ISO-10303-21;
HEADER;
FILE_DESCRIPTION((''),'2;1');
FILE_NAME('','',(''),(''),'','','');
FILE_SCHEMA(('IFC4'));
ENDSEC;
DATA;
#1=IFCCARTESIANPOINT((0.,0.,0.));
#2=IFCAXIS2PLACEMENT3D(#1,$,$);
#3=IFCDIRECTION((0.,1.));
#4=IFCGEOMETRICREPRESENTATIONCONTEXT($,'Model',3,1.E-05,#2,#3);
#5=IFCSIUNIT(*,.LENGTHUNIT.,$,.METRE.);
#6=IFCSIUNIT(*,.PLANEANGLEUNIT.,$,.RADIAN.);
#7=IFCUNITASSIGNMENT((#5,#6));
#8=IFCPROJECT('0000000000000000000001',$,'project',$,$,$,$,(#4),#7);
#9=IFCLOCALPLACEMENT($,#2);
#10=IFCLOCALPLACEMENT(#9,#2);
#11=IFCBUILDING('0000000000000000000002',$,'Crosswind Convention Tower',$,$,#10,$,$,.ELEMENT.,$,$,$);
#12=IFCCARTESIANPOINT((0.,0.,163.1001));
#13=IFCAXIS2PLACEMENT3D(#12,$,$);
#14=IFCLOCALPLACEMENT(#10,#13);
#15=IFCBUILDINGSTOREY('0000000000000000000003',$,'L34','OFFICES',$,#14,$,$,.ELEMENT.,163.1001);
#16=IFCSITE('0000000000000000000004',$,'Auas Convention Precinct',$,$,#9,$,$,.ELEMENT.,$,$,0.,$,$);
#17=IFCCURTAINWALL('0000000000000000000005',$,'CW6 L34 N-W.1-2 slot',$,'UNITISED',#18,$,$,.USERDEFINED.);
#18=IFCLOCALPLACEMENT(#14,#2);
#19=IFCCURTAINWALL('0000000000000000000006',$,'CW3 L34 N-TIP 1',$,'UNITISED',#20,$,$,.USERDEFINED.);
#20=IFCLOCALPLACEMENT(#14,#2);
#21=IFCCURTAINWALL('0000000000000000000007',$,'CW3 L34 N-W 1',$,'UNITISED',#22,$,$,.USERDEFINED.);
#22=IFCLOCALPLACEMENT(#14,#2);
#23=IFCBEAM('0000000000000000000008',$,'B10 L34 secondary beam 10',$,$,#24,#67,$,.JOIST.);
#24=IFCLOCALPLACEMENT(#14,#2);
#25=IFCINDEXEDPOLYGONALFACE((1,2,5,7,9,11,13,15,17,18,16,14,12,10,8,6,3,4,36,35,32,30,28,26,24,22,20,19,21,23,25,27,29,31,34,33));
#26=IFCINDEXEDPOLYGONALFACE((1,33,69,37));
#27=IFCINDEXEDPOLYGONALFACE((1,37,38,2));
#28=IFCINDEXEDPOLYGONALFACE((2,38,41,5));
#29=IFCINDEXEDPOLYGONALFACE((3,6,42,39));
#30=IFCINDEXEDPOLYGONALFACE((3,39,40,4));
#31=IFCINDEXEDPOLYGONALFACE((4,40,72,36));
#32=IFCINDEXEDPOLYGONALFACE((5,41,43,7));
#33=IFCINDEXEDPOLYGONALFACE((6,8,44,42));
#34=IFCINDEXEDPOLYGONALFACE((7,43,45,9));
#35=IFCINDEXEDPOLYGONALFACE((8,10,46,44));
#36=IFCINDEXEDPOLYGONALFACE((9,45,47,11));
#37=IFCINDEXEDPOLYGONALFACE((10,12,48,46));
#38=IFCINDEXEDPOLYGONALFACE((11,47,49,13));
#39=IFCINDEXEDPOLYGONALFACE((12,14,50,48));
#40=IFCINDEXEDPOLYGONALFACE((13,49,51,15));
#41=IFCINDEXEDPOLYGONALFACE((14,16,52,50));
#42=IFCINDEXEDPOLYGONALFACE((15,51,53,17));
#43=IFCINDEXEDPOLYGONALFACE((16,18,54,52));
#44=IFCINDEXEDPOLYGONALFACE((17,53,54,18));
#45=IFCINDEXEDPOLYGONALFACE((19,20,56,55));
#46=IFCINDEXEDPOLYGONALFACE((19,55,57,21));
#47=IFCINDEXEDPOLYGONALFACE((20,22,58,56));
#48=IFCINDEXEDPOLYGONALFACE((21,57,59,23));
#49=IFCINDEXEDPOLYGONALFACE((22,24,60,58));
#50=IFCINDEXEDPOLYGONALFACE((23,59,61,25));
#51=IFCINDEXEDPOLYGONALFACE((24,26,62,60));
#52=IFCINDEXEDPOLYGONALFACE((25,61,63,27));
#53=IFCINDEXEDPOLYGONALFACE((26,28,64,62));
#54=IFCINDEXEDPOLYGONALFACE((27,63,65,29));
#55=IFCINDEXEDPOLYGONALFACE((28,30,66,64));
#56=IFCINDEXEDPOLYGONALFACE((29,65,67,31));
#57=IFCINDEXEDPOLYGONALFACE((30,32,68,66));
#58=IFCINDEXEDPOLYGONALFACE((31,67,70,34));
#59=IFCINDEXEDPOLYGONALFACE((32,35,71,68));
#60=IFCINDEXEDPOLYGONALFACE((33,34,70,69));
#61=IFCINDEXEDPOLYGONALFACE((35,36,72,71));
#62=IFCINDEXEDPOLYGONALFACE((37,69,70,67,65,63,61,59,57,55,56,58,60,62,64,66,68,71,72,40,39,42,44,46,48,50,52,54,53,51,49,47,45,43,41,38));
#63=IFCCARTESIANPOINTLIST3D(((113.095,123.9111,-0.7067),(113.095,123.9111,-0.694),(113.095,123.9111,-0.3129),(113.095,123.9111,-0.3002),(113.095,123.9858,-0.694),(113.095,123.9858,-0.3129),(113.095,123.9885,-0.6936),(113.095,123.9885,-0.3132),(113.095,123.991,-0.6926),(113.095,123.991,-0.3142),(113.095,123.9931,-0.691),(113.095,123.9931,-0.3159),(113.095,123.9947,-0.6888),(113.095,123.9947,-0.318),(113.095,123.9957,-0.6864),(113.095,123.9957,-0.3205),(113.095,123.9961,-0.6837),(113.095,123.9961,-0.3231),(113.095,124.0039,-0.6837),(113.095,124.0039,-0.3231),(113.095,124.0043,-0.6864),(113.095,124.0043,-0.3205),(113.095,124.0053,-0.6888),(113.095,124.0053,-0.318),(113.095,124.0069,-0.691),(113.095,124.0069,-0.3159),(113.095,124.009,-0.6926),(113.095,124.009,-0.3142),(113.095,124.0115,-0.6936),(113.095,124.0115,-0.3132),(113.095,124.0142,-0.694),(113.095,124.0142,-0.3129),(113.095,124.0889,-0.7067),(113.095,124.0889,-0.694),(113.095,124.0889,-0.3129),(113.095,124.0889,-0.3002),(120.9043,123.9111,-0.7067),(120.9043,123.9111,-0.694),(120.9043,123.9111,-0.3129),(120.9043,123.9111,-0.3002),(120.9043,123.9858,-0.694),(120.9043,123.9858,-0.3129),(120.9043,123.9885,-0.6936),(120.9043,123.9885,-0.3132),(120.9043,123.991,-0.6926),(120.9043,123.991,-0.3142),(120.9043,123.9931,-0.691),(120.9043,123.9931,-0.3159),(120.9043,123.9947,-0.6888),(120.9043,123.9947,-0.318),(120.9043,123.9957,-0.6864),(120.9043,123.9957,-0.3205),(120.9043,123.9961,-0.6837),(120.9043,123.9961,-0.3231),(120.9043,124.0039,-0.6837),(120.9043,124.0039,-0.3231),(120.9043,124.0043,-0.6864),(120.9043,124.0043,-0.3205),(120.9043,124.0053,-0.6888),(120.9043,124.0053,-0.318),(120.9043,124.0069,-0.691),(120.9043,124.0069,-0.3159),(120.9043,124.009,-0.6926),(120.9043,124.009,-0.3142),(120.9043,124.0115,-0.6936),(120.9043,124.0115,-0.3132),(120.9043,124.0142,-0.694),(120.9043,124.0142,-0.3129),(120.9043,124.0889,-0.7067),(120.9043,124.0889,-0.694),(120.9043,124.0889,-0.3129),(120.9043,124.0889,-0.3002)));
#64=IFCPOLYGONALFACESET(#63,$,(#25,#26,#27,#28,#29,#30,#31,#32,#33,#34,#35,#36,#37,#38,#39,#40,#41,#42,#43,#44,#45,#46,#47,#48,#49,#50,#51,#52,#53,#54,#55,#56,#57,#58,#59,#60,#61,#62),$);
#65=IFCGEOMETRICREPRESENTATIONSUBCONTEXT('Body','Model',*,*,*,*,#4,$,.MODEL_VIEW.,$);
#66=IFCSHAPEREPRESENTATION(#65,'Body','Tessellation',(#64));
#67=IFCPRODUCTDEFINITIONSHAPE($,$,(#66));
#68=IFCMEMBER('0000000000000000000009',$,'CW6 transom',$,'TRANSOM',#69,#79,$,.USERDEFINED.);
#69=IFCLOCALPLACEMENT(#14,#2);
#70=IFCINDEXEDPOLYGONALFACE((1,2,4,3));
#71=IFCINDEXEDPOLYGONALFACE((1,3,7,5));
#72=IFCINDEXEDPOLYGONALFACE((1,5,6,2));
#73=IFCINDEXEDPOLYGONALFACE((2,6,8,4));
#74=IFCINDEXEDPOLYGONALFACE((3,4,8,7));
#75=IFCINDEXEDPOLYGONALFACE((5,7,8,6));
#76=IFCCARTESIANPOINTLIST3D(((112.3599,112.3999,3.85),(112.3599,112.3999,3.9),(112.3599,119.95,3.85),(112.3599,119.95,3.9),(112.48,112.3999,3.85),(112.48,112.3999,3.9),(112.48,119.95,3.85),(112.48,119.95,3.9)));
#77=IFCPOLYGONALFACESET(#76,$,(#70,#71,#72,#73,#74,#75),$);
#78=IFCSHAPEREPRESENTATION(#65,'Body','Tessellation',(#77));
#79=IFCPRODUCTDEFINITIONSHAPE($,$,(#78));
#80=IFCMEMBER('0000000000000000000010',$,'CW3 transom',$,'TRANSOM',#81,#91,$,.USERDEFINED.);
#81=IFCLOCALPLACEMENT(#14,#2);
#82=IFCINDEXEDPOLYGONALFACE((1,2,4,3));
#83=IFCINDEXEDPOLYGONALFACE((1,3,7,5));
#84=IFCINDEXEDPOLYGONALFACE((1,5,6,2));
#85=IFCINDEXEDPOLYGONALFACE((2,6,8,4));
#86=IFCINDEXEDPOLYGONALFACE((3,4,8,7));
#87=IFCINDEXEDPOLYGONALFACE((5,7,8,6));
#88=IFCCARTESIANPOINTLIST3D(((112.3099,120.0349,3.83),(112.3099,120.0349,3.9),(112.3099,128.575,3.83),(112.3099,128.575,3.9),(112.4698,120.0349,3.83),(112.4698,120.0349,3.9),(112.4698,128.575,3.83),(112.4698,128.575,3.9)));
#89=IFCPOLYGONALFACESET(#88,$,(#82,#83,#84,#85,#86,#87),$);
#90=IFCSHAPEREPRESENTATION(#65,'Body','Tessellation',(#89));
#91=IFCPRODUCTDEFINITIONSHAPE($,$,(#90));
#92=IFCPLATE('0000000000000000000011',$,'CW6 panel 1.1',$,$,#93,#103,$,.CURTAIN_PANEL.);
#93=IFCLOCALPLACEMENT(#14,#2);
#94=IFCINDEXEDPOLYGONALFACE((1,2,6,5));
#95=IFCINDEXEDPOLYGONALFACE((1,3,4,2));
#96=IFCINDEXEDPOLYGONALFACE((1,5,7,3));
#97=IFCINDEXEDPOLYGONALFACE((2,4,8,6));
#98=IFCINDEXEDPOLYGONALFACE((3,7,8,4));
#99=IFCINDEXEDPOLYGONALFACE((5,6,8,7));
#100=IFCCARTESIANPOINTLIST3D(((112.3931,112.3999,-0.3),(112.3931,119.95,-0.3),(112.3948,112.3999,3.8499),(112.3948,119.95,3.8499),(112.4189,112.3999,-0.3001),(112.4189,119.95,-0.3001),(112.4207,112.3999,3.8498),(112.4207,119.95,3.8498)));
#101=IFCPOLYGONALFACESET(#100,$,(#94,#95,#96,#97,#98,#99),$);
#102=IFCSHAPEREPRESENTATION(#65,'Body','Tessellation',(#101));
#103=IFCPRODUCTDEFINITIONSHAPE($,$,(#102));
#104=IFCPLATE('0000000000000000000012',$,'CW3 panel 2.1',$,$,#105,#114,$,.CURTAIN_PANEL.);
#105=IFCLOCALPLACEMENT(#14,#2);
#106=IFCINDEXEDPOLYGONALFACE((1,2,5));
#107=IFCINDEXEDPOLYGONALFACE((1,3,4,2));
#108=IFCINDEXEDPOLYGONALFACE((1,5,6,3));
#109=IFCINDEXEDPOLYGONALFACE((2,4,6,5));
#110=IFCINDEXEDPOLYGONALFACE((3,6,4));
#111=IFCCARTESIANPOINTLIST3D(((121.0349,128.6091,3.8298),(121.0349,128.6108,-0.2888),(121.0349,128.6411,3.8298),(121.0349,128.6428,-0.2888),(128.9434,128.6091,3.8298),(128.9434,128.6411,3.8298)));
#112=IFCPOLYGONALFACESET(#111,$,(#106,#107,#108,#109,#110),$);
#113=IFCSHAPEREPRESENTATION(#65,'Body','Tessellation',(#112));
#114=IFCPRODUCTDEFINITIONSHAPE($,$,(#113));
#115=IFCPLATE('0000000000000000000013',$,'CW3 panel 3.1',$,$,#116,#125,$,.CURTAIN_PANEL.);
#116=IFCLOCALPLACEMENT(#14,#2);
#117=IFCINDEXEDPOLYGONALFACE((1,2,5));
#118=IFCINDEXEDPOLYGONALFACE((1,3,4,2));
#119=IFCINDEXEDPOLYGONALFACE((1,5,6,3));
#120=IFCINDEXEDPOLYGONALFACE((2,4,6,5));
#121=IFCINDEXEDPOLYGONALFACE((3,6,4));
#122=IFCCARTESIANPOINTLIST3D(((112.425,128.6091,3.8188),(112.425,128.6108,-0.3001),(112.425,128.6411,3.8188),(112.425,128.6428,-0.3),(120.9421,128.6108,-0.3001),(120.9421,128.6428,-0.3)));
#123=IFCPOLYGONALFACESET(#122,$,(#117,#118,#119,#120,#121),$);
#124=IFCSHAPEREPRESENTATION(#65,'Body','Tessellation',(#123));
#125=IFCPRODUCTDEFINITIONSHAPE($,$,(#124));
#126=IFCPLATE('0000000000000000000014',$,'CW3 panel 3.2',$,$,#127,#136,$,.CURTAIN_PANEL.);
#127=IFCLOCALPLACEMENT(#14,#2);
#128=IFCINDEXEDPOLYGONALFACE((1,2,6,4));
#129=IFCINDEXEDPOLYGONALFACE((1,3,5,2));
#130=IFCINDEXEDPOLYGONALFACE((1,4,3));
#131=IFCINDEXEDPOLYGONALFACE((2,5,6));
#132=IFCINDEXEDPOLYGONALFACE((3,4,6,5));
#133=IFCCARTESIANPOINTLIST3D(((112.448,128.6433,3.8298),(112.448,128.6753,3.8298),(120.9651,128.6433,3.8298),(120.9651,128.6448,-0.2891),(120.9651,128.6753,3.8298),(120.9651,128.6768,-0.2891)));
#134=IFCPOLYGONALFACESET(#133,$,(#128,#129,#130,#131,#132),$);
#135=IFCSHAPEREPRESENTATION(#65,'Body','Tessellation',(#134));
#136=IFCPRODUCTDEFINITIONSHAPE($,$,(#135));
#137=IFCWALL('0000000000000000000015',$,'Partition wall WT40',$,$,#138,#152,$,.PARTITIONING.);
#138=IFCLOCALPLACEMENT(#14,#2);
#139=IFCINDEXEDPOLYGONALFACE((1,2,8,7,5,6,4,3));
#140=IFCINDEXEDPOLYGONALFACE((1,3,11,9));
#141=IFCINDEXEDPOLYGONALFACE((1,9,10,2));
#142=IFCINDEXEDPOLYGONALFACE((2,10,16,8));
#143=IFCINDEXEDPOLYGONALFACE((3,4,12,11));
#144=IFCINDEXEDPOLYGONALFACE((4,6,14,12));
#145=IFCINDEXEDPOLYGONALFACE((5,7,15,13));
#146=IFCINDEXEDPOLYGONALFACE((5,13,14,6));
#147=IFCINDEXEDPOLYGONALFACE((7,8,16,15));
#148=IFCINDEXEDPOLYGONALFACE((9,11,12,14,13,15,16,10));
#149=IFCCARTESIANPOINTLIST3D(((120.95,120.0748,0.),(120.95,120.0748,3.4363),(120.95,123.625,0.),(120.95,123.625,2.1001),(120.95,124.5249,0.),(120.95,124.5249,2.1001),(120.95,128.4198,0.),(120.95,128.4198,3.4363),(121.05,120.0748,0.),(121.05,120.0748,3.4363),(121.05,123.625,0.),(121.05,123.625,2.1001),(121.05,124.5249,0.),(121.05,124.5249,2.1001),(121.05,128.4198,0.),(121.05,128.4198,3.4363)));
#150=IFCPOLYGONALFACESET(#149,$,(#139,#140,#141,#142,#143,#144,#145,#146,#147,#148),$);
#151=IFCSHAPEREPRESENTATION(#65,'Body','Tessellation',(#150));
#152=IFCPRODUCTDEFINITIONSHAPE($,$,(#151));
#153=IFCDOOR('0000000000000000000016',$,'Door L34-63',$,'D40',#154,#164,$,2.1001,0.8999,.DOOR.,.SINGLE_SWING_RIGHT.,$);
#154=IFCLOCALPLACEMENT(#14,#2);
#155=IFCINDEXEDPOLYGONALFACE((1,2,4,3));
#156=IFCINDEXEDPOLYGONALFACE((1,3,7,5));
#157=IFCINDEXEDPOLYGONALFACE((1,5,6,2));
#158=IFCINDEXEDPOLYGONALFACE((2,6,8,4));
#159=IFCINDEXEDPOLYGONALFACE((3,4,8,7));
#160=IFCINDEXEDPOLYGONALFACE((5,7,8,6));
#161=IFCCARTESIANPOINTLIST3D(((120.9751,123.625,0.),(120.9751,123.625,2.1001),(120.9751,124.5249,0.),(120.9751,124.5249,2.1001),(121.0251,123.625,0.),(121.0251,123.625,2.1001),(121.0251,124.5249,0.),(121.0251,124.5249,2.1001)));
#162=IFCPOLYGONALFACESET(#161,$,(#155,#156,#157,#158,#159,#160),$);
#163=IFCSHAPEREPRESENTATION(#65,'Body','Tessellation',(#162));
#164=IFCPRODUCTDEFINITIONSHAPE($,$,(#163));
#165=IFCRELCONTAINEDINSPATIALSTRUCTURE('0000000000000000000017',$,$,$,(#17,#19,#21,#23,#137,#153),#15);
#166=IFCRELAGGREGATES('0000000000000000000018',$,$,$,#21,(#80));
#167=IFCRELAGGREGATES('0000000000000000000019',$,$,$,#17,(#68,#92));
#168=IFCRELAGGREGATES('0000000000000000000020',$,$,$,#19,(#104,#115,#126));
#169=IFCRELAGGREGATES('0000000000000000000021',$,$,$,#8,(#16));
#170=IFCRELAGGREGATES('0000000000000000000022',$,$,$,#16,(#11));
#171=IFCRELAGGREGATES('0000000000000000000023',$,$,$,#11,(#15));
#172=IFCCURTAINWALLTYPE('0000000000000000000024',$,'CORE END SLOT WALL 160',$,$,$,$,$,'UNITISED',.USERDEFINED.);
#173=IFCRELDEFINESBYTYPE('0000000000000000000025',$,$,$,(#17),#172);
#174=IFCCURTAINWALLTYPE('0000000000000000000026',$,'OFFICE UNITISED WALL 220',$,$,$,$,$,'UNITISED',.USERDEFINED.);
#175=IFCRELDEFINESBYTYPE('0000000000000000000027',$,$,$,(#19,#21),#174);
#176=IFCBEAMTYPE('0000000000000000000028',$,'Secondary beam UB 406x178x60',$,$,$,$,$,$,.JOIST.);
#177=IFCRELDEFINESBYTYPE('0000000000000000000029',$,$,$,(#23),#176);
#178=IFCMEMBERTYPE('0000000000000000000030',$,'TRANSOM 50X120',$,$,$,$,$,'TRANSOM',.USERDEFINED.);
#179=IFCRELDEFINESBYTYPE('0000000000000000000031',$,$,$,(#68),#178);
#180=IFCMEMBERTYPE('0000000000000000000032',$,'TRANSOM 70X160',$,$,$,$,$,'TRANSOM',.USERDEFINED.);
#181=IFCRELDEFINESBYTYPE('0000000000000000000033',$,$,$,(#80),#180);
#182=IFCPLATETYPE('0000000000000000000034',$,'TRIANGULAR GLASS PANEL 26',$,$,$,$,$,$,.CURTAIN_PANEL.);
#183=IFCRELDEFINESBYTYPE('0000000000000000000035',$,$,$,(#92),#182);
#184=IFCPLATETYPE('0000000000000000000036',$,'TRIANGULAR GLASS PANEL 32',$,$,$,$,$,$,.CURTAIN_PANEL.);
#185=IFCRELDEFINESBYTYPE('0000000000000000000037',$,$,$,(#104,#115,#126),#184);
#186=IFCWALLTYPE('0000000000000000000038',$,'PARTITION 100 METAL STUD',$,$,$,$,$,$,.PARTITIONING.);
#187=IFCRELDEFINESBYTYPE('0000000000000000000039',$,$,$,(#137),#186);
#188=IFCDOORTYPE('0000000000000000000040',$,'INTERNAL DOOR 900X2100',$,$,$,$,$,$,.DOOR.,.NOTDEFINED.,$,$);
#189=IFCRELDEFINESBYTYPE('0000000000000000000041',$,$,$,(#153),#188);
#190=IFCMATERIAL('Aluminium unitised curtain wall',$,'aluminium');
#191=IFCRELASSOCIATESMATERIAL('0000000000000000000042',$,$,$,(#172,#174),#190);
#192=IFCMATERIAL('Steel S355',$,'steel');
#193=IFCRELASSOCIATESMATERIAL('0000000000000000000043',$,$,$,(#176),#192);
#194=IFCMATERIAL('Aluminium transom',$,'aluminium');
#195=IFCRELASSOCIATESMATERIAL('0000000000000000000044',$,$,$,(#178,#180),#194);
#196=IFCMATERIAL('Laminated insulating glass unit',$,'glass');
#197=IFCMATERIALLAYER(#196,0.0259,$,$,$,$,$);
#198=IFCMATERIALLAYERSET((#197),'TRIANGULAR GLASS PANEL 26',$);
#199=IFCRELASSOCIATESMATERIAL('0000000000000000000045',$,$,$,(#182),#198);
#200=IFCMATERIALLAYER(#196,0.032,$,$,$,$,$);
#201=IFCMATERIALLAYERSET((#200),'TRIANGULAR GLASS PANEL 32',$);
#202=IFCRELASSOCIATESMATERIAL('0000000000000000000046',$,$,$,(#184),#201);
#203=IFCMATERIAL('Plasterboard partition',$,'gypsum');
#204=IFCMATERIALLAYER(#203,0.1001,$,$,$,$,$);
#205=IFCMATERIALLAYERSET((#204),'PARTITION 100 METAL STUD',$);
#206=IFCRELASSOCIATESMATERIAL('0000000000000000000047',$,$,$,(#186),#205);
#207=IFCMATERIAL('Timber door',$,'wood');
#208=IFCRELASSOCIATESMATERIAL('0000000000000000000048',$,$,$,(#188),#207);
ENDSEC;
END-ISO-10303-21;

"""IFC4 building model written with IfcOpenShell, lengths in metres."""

from ifc_helpers import new_model, si_unit, direction, frame, frame_2d, origin, origin_2d, place, context, subcontext, project, spatial, polyline, rectangle, i_section, outline, extrude, material, layer, layer_set, material_profile, profile_set, type_object, element, fill, aggregate, save


model = new_model("IFC4")

# Units and contexts
model_context = context("Model", 3, precision=1e-05, world=origin(), true_north=direction((0.0, 1.0)))
body_context = subcontext(model_context, "Body", "Model", "MODEL_VIEW")
ifc_project = project(units=[si_unit("LENGTHUNIT", "METRE"), si_unit("PLANEANGLEUNIT", "RADIAN")], contexts=[model_context])

# Site, building, storey
site_placement = place(None, origin())
site = spatial("IfcSite", under=ifc_project, at=site_placement, Name="Auas Convention Precinct", CompositionType="ELEMENT", RefElevation=0.0)
building_placement = place(site_placement, origin())
building = spatial("IfcBuilding", under=site, at=building_placement, Name="Crosswind Convention Tower", CompositionType="ELEMENT")
storey_placement = place(building_placement, frame((0.0, 0.0, 163.1001)))
storey = spatial("IfcBuildingStorey", under=building, at=storey_placement, Name="L34", Description="OFFICES", CompositionType="ELEMENT", Elevation=163.1001)

# Shared definitions
ifc_material_1 = material(Name="Steel S355", Category="steel")

# Curtain wall
ifc_material_2 = material(Name="Aluminium unitised curtain wall", Category="aluminium")
curtain_wall_type_1 = type_object("IfcCurtainWallType", Name="CORE END SLOT WALL 160", ElementType="UNITISED", PredefinedType="USERDEFINED", material=ifc_material_2)
curtain_wall_1_placement = place(storey_placement, origin())
curtain_wall_1 = element("IfcCurtainWall", 1, at=curtain_wall_1_placement, inside=storey, type_object=curtain_wall_type_1, Name="CW6 L34 N-W.1-2 slot", ObjectType="UNITISED", PredefinedType="USERDEFINED")

# Curtain wall
curtain_wall_type_2 = type_object("IfcCurtainWallType", Name="OFFICE UNITISED WALL 220", ElementType="UNITISED", PredefinedType="USERDEFINED", material=ifc_material_2)
curtain_wall_2_placement = place(storey_placement, origin())
curtain_wall_2 = element("IfcCurtainWall", 2, at=curtain_wall_2_placement, inside=storey, type_object=curtain_wall_type_2, Name="CW3 L34 N-TIP 1", ObjectType="UNITISED", PredefinedType="USERDEFINED")

# Curtain wall
curtain_wall_3_placement = place(storey_placement, origin())
curtain_wall_3 = element("IfcCurtainWall", 3, at=curtain_wall_3_placement, inside=storey, type_object=curtain_wall_type_2, Name="CW3 L34 N-W 1", ObjectType="UNITISED", PredefinedType="USERDEFINED")

# Beam
ifc_material_profile_1 = material_profile(ifc_material_1, i_section(OverallWidth=0.1777, OverallDepth=0.4065, WebThickness=0.0078, FlangeThickness=0.0127, FilletRadius=0.0103, at=origin_2d()), Name="UB 406x178x60")
ifc_profile_set_1 = profile_set([ifc_material_profile_1], Name="Steel S355")
beam_type_1 = type_object("IfcBeamType", Name="Secondary beam UB 406x178x60", PredefinedType="JOIST", material=ifc_profile_set_1)
beam_placement = place(storey_placement, frame((113.095, 124.0, -0.5034), z_axis=(1.0, 0.0, 0.0), x_axis=(0.0, 1.0, 0.0)))
element("IfcBeam", 4, at=beam_placement, inside=storey, type_object=beam_type_1, Name="B10 L34 secondary beam 10", PredefinedType="JOIST", context=body_context, shape_type="SweptSolid", body=[
    extrude(i_section(OverallWidth=0.1777, OverallDepth=0.4065, WebThickness=0.0078, FlangeThickness=0.0127, FilletRadius=0.0103, at=origin_2d()), origin(), (0.0, 0.0, 1.0), 7.8093),
])

# Members
ifc_material_3 = material(Name="Aluminium transom", Category="aluminium")
ifc_material_profile_2 = material_profile(ifc_material_3, rectangle(XDim=0.1201, YDim=0.05, at=origin_2d()), Name="AL 120X50")
ifc_profile_set_2 = profile_set([ifc_material_profile_2], Name="Aluminium transom")
member_type_1 = type_object("IfcMemberType", Name="TRANSOM 50X120", ElementType="TRANSOM", PredefinedType="USERDEFINED", material=ifc_profile_set_2)
member_1_placement = place(storey_placement, frame((112.4199, 119.95, 3.875), z_axis=(0.0, -1.0, 0.0), x_axis=(1.0, 0.0, 0.0)))
member_1 = element("IfcMember", 5, at=member_1_placement, type_object=member_type_1, Name="CW6 transom", ObjectType="TRANSOM", PredefinedType="USERDEFINED", context=body_context, shape_type="SweptSolid", body=[
    extrude(rectangle(XDim=0.1201, YDim=0.05, at=origin_2d()), origin(), (0.0, 0.0, 1.0), 7.55),
])
ifc_material_profile_3 = material_profile(ifc_material_3, rectangle(XDim=0.1599, YDim=0.0701, at=origin_2d()), Name="AL 160X70")
ifc_profile_set_3 = profile_set([ifc_material_profile_3], Name="Aluminium transom")
member_type_2 = type_object("IfcMemberType", Name="TRANSOM 70X160", ElementType="TRANSOM", PredefinedType="USERDEFINED", material=ifc_profile_set_3)
member_2_placement = place(storey_placement, frame((112.3899, 128.575, 3.865), z_axis=(0.0, -1.0, 0.0), x_axis=(1.0, 0.0, 0.0)))
member_2 = element("IfcMember", 6, at=member_2_placement, type_object=member_type_2, Name="CW3 transom", ObjectType="TRANSOM", PredefinedType="USERDEFINED", context=body_context, shape_type="SweptSolid", body=[
    extrude(rectangle(XDim=0.1599, YDim=0.0701, at=origin_2d()), origin(), (0.0, 0.0, 1.0), 8.54),
])
aggregate(curtain_wall_3, [member_2])

# Plates
ifc_material_4 = material(Name="Laminated insulating glass unit", Category="glass")
ifc_layer_1 = layer(ifc_material_4, 0.0259)
ifc_layer_set_1 = layer_set([ifc_layer_1], Name="TRIANGULAR GLASS PANEL 26")
plate_type_1 = type_object("IfcPlateType", Name="TRIANGULAR GLASS PANEL 26", PredefinedType="CURTAIN_PANEL", material=ifc_layer_set_1)
plate_1_placement = place(storey_placement, frame((112.3931, 119.95, -0.3), z_axis=(-1.0, 0.0, 0.000412), x_axis=(0.0, -1.0, 0.0)))
plate_1 = element("IfcPlate", 7, at=plate_1_placement, type_object=plate_type_1, Name="CW6 panel 1.1", PredefinedType="CURTAIN_PANEL", context=body_context, shape_type="SweptSolid", body=[
    extrude(outline(polyline([(0.0, 0.0), (7.55, 0.0), (7.55, 4.1499), (0.0, 4.1499), (0.0, 0.0)])), origin(), (0.0, 0.0, -1.0), 0.0259),
])
aggregate(curtain_wall_1, [member_1, plate_1])
ifc_layer_2 = layer(ifc_material_4, 0.032)
ifc_layer_set_2 = layer_set([ifc_layer_2], Name="TRIANGULAR GLASS PANEL 32")
plate_type_2 = type_object("IfcPlateType", Name="TRIANGULAR GLASS PANEL 32", PredefinedType="CURTAIN_PANEL", material=ifc_layer_set_2)
plate_2_placement = place(storey_placement, frame((121.0349, 128.6411, 3.8298), z_axis=(0.0, 1.0, 0.000415), x_axis=(1.0, 0.0, 0.0)))
plate_2 = element("IfcPlate", 8, at=plate_2_placement, type_object=plate_type_2, Name="CW3 panel 2.1", PredefinedType="CURTAIN_PANEL", context=body_context, shape_type="SweptSolid", body=[
    extrude(outline(polyline([(0.0, 0.0), (7.9084, 0.0), (0.0, 4.1187), (0.0, 0.0)])), origin(), (0.0, 0.0, -1.0), 0.032),
])
plate_3_placement = place(storey_placement, frame((112.425, 128.6428, -0.3), z_axis=(0.0, 1.0, 0.000415), x_axis=(0.0, -0.000415, 1.0)))
plate_3 = element("IfcPlate", 9, at=plate_3_placement, type_object=plate_type_2, Name="CW3 panel 3.1", PredefinedType="CURTAIN_PANEL", context=body_context, shape_type="SweptSolid", body=[
    extrude(outline(polyline([(0.0, 0.0), (4.1189, 0.0), (0.0, 8.5171), (0.0, 0.0)])), origin(), (0.0, 0.0, -1.0), 0.032),
])
plate_4_placement = place(storey_placement, frame((120.9651, 128.6753, 3.8298), z_axis=(0.0, 1.0, 0.000356), x_axis=(0.0, 0.000356, -1.0)))
plate_4 = element("IfcPlate", 10, at=plate_4_placement, type_object=plate_type_2, Name="CW3 panel 3.2", PredefinedType="CURTAIN_PANEL", context=body_context, shape_type="SweptSolid", body=[
    extrude(outline(polyline([(0.0, 0.0), (4.1189, 0.0), (0.0, 8.5171), (0.0, 0.0)])), origin(), (0.0, 0.0, -1.0), 0.032),
])
aggregate(curtain_wall_2, [plate_2, plate_3, plate_4])

# Wall, opening, door
ifc_material_5 = material(Name="Plasterboard partition", Category="gypsum")
ifc_layer_3 = layer(ifc_material_5, 0.1001)
ifc_layer_set_3 = layer_set([ifc_layer_3], Name="PARTITION 100 METAL STUD")
wall_type_1 = type_object("IfcWallType", Name="PARTITION 100 METAL STUD", PredefinedType="PARTITIONING", material=ifc_layer_set_3)
wall_1_placement = place(storey_placement, frame((121.0, 120.075, 0.0), z_axis=(0.0, 0.0, 1.0), x_axis=(0.0, 1.0, 0.0)))
wall_1 = element("IfcWall", 11, at=wall_1_placement, inside=storey, type_object=wall_type_1, Name="Partition wall WT40", PredefinedType="PARTITIONING", context=body_context, shape_type="SweptSolid", body=[
    extrude(rectangle(XDim=8.345, YDim=0.1001, at=frame_2d((4.1724, 0.0))), origin(), (0.0, 0.0, 1.0), 3.4363),
])
opening_1_placement = place(wall_1_placement, frame((3.55, 0.0, 0.0)))
opening_1 = element("IfcOpeningElement", 12, at=opening_1_placement, cuts=wall_1, PredefinedType="OPENING", context=body_context, shape_type="SweptSolid", body=[
    extrude(rectangle(XDim=0.8999, YDim=2.1001, at=frame_2d((0.45, 1.05))), frame((0.0, 0.0601, 0.0), z_axis=(0.0, -1.0, 0.0), x_axis=(1.0, 0.0, 0.0)), (0.0, 0.0, 1.0), 0.1201),
])
ifc_material_6 = material(Name="Timber door", Category="wood")
door_type_1 = type_object("IfcDoorType", Name="INTERNAL DOOR 900X2100", OperationType="NOTDEFINED", PredefinedType="DOOR", material=ifc_material_6)
door_1_placement = place(opening_1_placement, origin())
door_1 = element("IfcDoor", 13, at=door_1_placement, inside=storey, type_object=door_type_1, Name="Door L34-63", ObjectType="D40", OperationType="SINGLE_SWING_RIGHT", OverallHeight=2.1001, OverallWidth=0.8999, PredefinedType="DOOR", context=body_context, shape_type="SweptSolid", body=[
    extrude(rectangle(XDim=0.8999, YDim=2.1001, at=frame_2d((0.45, 1.05))), frame((0.0, 0.0249, 0.0), z_axis=(0.0, -1.0, 0.0), x_axis=(1.0, 0.0, 0.0)), (0.0, 0.0, 1.0), 0.05),
])
fill(opening_1, door_1)

save(model, "model.ifc")
